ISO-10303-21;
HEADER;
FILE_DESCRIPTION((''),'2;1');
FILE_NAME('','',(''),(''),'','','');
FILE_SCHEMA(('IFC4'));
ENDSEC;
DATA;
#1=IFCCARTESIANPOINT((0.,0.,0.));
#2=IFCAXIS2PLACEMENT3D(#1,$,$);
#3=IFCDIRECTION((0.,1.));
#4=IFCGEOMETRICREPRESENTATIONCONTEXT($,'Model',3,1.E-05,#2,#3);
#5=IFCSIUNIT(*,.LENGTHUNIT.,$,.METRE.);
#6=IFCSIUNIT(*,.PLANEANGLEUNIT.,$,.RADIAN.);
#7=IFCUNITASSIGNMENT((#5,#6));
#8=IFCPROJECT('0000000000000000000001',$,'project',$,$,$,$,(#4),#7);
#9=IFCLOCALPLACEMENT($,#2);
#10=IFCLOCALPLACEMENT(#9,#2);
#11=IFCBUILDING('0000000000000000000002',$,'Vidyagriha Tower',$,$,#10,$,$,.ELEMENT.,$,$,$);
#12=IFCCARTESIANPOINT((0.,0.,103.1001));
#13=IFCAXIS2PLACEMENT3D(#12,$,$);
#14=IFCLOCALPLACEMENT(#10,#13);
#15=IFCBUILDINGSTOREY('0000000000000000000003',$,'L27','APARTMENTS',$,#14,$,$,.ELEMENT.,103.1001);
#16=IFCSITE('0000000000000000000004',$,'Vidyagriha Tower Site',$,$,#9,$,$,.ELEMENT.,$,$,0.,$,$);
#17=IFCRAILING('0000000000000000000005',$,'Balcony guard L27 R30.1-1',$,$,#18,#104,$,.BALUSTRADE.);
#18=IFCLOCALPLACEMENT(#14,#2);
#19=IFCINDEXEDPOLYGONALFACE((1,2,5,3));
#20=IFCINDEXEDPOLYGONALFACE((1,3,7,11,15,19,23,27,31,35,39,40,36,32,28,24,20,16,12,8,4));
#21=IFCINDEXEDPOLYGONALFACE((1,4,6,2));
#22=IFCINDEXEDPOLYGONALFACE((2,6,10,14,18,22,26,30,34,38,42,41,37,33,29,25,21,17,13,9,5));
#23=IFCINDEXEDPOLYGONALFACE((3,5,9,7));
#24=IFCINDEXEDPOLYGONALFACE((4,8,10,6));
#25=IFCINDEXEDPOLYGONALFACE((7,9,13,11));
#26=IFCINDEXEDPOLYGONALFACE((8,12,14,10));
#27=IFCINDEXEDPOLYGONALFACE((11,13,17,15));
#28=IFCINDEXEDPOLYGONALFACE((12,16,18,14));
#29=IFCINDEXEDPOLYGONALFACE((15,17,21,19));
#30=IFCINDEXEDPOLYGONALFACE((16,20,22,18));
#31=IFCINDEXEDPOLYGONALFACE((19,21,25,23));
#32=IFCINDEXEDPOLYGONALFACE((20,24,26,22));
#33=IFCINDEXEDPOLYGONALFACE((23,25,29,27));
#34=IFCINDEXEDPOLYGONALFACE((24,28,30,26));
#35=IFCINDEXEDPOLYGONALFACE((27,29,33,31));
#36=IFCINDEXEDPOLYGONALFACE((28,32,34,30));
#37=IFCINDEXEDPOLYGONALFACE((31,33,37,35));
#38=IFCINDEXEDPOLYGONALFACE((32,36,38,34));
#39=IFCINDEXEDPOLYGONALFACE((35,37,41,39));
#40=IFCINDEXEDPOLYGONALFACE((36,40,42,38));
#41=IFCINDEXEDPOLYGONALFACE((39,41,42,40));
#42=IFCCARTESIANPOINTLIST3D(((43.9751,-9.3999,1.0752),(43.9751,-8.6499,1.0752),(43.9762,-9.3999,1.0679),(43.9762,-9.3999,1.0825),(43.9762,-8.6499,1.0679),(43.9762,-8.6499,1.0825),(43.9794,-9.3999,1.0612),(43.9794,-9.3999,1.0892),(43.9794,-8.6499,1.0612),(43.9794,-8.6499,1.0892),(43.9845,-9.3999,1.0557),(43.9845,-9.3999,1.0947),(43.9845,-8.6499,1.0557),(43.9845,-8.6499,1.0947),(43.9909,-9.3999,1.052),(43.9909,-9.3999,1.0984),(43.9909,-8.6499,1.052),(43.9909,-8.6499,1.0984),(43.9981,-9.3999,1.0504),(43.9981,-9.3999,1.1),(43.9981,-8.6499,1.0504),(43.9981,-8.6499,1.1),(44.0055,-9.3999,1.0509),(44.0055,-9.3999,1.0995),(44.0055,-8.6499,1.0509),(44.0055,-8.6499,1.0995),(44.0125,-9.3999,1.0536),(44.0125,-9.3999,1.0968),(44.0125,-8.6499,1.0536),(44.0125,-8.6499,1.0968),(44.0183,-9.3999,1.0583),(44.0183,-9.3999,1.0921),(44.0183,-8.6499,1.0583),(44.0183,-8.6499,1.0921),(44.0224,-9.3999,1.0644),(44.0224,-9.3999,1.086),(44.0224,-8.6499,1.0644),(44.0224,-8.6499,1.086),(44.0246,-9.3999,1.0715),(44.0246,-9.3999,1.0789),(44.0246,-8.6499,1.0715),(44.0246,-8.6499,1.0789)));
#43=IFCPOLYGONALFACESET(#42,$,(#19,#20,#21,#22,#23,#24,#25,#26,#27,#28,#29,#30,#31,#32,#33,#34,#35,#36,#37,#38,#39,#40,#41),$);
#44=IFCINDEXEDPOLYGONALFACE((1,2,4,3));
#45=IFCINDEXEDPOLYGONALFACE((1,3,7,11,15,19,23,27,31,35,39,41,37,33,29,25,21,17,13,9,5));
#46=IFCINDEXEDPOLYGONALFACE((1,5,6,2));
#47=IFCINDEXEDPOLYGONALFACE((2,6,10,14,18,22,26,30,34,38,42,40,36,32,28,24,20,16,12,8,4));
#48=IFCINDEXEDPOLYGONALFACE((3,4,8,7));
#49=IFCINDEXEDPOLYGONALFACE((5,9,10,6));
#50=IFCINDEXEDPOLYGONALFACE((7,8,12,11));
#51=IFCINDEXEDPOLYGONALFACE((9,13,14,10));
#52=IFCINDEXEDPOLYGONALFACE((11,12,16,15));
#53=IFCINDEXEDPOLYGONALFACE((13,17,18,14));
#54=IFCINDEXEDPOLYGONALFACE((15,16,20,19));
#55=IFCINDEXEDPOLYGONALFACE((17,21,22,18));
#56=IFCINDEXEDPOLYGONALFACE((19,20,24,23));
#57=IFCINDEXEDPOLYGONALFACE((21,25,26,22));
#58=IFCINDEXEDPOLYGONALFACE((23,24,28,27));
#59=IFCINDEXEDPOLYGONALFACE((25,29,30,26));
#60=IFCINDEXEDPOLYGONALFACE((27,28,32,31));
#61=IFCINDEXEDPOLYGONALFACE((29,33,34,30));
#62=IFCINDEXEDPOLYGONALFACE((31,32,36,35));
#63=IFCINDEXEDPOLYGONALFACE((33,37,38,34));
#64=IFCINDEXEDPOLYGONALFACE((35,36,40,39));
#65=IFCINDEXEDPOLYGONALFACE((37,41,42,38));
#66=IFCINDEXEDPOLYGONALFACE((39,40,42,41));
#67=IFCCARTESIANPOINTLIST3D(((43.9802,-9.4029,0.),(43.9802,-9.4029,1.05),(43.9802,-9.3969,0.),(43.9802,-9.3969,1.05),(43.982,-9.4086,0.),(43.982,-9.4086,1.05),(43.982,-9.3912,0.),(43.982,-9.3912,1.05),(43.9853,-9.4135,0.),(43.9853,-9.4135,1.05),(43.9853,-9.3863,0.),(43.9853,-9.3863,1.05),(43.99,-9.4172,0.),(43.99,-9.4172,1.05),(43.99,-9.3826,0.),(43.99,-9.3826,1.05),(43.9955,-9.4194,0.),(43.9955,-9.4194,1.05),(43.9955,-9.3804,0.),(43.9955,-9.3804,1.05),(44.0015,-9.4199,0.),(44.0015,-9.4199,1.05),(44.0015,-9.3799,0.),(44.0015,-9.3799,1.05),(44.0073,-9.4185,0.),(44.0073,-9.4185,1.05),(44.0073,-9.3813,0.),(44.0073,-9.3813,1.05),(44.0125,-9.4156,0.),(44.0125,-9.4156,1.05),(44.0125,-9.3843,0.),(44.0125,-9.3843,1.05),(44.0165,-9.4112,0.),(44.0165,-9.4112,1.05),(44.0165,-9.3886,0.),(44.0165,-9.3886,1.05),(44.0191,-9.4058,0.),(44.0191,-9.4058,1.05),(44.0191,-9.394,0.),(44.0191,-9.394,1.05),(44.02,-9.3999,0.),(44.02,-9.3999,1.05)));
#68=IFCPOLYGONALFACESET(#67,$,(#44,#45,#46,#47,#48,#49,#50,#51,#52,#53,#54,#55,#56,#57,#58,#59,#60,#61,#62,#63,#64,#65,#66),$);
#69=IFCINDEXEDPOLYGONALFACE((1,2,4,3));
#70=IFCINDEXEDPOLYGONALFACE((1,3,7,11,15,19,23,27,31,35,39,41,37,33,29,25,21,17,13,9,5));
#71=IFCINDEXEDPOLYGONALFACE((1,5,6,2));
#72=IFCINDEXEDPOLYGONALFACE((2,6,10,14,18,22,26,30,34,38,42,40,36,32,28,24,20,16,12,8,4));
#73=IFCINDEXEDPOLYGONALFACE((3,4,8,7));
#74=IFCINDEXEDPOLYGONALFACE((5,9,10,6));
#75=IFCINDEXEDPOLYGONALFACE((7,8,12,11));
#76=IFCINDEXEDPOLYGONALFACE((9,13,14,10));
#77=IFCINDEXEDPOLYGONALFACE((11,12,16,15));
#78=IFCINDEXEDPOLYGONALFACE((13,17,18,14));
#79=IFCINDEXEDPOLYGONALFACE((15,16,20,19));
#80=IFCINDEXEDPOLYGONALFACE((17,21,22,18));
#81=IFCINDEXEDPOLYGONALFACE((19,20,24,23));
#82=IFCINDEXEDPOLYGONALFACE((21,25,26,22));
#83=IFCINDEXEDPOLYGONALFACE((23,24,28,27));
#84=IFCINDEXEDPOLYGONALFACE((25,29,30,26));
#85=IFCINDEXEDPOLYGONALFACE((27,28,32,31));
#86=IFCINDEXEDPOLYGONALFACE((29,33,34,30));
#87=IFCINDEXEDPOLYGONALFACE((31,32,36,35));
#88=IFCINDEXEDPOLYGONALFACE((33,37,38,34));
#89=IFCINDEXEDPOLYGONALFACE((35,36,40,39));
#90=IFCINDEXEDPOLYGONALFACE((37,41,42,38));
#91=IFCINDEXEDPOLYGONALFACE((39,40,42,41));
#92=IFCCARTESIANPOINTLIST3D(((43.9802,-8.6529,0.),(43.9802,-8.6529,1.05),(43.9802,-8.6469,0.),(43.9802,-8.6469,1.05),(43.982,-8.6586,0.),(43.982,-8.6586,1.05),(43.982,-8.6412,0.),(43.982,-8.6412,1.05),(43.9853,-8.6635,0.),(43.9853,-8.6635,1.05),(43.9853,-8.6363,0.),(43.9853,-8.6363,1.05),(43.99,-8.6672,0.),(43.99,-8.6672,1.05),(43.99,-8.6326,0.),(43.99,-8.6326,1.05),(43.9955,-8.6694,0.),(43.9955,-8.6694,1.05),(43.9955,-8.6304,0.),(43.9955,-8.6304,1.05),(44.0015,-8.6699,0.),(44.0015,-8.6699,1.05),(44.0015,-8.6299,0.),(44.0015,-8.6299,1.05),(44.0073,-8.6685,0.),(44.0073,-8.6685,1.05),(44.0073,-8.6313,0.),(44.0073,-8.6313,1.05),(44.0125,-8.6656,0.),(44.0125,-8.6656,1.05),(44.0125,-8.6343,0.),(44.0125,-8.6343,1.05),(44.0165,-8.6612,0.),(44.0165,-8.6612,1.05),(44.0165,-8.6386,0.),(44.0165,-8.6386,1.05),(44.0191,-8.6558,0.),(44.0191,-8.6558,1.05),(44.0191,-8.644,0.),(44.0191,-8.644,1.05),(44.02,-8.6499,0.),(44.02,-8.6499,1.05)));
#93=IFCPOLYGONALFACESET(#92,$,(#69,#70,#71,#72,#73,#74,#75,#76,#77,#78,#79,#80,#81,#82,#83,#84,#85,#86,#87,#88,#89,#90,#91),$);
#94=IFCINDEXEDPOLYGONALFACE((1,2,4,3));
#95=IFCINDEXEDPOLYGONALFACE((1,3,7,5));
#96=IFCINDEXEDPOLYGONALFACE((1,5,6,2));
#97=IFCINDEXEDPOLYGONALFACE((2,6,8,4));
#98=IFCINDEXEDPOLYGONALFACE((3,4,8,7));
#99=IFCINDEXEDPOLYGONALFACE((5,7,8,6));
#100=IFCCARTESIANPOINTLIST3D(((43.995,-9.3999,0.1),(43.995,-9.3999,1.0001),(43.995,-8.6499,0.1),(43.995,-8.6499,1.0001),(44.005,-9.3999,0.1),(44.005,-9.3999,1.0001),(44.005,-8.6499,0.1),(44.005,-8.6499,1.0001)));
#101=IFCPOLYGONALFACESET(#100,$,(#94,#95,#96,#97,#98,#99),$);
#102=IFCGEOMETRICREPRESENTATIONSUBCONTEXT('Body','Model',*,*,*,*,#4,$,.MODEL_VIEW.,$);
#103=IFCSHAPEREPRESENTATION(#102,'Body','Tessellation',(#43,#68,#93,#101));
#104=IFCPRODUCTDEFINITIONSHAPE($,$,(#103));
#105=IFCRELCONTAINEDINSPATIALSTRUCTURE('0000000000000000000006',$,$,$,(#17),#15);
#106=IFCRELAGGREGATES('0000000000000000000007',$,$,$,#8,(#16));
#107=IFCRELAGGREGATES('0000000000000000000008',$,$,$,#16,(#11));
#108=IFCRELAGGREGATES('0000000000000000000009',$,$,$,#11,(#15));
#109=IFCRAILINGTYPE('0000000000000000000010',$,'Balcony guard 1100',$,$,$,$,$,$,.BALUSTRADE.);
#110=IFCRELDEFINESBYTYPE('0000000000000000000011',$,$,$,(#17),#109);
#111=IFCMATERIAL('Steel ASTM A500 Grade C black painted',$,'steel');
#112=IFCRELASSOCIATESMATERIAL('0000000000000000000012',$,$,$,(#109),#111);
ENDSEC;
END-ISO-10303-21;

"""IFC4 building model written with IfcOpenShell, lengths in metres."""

from ifc_helpers import new_model, si_unit, direction, frame, origin, origin_2d, place, context, subcontext, project, spatial, rectangle, circle, extrude, material, type_object, element, save


model = new_model("IFC4")

# Units and contexts
model_context = context("Model", 3, precision=1e-05, world=origin(), true_north=direction((0.0, 1.0)))
body_context = subcontext(model_context, "Body", "Model", "MODEL_VIEW")
ifc_project = project(units=[si_unit("LENGTHUNIT", "METRE"), si_unit("PLANEANGLEUNIT", "RADIAN")], contexts=[model_context])

# Site, building, storey
site_placement = place(None, origin())
site = spatial("IfcSite", under=ifc_project, at=site_placement, Name="Vidyagriha Tower Site", CompositionType="ELEMENT", RefElevation=0.0)
building_placement = place(site_placement, origin())
building = spatial("IfcBuilding", under=site, at=building_placement, Name="Vidyagriha Tower", CompositionType="ELEMENT")
storey_placement = place(building_placement, frame((0.0, 0.0, 103.1001)))
storey = spatial("IfcBuildingStorey", under=building, at=storey_placement, Name="L27", Description="APARTMENTS", CompositionType="ELEMENT", Elevation=103.1001)

# Railing
ifc_material_1 = material(Name="Steel ASTM A500 Grade C black painted", Category="steel")
railing_type_1 = type_object("IfcRailingType", Name="Balcony guard 1100", PredefinedType="BALUSTRADE", material=ifc_material_1)
railing_1_placement = place(storey_placement, frame((44.0, -9.3999, 0.0)))
element("IfcRailing", 1, at=railing_1_placement, inside=storey, type_object=railing_type_1, Name="Balcony guard L27 R30.1-1", PredefinedType="BALUSTRADE", context=body_context, shape_type="SweptSolid", body=[
    extrude(circle(Radius=0.0249, at=origin_2d()), frame((0.0, 0.0, 1.0752), z_axis=(0.0, 1.0, 0.0), x_axis=(-1.0, 0.0, 0.0)), (0.0, 0.0, 1.0), 0.75),
    extrude(circle(Radius=0.02, at=origin_2d()), origin(), (0.0, 0.0, 1.0), 1.05),
    extrude(circle(Radius=0.02, at=origin_2d()), frame((0.0, 0.75, 0.0)), (0.0, 0.0, 1.0), 1.05),
    extrude(rectangle(XDim=0.01, YDim=0.9001, at=origin_2d()), frame((0.0, 0.0, 0.55), z_axis=(0.0, 1.0, 0.0), x_axis=(-1.0, 0.0, 0.0)), (0.0, 0.0, 1.0), 0.75),
])

save(model, "model.ifc")
